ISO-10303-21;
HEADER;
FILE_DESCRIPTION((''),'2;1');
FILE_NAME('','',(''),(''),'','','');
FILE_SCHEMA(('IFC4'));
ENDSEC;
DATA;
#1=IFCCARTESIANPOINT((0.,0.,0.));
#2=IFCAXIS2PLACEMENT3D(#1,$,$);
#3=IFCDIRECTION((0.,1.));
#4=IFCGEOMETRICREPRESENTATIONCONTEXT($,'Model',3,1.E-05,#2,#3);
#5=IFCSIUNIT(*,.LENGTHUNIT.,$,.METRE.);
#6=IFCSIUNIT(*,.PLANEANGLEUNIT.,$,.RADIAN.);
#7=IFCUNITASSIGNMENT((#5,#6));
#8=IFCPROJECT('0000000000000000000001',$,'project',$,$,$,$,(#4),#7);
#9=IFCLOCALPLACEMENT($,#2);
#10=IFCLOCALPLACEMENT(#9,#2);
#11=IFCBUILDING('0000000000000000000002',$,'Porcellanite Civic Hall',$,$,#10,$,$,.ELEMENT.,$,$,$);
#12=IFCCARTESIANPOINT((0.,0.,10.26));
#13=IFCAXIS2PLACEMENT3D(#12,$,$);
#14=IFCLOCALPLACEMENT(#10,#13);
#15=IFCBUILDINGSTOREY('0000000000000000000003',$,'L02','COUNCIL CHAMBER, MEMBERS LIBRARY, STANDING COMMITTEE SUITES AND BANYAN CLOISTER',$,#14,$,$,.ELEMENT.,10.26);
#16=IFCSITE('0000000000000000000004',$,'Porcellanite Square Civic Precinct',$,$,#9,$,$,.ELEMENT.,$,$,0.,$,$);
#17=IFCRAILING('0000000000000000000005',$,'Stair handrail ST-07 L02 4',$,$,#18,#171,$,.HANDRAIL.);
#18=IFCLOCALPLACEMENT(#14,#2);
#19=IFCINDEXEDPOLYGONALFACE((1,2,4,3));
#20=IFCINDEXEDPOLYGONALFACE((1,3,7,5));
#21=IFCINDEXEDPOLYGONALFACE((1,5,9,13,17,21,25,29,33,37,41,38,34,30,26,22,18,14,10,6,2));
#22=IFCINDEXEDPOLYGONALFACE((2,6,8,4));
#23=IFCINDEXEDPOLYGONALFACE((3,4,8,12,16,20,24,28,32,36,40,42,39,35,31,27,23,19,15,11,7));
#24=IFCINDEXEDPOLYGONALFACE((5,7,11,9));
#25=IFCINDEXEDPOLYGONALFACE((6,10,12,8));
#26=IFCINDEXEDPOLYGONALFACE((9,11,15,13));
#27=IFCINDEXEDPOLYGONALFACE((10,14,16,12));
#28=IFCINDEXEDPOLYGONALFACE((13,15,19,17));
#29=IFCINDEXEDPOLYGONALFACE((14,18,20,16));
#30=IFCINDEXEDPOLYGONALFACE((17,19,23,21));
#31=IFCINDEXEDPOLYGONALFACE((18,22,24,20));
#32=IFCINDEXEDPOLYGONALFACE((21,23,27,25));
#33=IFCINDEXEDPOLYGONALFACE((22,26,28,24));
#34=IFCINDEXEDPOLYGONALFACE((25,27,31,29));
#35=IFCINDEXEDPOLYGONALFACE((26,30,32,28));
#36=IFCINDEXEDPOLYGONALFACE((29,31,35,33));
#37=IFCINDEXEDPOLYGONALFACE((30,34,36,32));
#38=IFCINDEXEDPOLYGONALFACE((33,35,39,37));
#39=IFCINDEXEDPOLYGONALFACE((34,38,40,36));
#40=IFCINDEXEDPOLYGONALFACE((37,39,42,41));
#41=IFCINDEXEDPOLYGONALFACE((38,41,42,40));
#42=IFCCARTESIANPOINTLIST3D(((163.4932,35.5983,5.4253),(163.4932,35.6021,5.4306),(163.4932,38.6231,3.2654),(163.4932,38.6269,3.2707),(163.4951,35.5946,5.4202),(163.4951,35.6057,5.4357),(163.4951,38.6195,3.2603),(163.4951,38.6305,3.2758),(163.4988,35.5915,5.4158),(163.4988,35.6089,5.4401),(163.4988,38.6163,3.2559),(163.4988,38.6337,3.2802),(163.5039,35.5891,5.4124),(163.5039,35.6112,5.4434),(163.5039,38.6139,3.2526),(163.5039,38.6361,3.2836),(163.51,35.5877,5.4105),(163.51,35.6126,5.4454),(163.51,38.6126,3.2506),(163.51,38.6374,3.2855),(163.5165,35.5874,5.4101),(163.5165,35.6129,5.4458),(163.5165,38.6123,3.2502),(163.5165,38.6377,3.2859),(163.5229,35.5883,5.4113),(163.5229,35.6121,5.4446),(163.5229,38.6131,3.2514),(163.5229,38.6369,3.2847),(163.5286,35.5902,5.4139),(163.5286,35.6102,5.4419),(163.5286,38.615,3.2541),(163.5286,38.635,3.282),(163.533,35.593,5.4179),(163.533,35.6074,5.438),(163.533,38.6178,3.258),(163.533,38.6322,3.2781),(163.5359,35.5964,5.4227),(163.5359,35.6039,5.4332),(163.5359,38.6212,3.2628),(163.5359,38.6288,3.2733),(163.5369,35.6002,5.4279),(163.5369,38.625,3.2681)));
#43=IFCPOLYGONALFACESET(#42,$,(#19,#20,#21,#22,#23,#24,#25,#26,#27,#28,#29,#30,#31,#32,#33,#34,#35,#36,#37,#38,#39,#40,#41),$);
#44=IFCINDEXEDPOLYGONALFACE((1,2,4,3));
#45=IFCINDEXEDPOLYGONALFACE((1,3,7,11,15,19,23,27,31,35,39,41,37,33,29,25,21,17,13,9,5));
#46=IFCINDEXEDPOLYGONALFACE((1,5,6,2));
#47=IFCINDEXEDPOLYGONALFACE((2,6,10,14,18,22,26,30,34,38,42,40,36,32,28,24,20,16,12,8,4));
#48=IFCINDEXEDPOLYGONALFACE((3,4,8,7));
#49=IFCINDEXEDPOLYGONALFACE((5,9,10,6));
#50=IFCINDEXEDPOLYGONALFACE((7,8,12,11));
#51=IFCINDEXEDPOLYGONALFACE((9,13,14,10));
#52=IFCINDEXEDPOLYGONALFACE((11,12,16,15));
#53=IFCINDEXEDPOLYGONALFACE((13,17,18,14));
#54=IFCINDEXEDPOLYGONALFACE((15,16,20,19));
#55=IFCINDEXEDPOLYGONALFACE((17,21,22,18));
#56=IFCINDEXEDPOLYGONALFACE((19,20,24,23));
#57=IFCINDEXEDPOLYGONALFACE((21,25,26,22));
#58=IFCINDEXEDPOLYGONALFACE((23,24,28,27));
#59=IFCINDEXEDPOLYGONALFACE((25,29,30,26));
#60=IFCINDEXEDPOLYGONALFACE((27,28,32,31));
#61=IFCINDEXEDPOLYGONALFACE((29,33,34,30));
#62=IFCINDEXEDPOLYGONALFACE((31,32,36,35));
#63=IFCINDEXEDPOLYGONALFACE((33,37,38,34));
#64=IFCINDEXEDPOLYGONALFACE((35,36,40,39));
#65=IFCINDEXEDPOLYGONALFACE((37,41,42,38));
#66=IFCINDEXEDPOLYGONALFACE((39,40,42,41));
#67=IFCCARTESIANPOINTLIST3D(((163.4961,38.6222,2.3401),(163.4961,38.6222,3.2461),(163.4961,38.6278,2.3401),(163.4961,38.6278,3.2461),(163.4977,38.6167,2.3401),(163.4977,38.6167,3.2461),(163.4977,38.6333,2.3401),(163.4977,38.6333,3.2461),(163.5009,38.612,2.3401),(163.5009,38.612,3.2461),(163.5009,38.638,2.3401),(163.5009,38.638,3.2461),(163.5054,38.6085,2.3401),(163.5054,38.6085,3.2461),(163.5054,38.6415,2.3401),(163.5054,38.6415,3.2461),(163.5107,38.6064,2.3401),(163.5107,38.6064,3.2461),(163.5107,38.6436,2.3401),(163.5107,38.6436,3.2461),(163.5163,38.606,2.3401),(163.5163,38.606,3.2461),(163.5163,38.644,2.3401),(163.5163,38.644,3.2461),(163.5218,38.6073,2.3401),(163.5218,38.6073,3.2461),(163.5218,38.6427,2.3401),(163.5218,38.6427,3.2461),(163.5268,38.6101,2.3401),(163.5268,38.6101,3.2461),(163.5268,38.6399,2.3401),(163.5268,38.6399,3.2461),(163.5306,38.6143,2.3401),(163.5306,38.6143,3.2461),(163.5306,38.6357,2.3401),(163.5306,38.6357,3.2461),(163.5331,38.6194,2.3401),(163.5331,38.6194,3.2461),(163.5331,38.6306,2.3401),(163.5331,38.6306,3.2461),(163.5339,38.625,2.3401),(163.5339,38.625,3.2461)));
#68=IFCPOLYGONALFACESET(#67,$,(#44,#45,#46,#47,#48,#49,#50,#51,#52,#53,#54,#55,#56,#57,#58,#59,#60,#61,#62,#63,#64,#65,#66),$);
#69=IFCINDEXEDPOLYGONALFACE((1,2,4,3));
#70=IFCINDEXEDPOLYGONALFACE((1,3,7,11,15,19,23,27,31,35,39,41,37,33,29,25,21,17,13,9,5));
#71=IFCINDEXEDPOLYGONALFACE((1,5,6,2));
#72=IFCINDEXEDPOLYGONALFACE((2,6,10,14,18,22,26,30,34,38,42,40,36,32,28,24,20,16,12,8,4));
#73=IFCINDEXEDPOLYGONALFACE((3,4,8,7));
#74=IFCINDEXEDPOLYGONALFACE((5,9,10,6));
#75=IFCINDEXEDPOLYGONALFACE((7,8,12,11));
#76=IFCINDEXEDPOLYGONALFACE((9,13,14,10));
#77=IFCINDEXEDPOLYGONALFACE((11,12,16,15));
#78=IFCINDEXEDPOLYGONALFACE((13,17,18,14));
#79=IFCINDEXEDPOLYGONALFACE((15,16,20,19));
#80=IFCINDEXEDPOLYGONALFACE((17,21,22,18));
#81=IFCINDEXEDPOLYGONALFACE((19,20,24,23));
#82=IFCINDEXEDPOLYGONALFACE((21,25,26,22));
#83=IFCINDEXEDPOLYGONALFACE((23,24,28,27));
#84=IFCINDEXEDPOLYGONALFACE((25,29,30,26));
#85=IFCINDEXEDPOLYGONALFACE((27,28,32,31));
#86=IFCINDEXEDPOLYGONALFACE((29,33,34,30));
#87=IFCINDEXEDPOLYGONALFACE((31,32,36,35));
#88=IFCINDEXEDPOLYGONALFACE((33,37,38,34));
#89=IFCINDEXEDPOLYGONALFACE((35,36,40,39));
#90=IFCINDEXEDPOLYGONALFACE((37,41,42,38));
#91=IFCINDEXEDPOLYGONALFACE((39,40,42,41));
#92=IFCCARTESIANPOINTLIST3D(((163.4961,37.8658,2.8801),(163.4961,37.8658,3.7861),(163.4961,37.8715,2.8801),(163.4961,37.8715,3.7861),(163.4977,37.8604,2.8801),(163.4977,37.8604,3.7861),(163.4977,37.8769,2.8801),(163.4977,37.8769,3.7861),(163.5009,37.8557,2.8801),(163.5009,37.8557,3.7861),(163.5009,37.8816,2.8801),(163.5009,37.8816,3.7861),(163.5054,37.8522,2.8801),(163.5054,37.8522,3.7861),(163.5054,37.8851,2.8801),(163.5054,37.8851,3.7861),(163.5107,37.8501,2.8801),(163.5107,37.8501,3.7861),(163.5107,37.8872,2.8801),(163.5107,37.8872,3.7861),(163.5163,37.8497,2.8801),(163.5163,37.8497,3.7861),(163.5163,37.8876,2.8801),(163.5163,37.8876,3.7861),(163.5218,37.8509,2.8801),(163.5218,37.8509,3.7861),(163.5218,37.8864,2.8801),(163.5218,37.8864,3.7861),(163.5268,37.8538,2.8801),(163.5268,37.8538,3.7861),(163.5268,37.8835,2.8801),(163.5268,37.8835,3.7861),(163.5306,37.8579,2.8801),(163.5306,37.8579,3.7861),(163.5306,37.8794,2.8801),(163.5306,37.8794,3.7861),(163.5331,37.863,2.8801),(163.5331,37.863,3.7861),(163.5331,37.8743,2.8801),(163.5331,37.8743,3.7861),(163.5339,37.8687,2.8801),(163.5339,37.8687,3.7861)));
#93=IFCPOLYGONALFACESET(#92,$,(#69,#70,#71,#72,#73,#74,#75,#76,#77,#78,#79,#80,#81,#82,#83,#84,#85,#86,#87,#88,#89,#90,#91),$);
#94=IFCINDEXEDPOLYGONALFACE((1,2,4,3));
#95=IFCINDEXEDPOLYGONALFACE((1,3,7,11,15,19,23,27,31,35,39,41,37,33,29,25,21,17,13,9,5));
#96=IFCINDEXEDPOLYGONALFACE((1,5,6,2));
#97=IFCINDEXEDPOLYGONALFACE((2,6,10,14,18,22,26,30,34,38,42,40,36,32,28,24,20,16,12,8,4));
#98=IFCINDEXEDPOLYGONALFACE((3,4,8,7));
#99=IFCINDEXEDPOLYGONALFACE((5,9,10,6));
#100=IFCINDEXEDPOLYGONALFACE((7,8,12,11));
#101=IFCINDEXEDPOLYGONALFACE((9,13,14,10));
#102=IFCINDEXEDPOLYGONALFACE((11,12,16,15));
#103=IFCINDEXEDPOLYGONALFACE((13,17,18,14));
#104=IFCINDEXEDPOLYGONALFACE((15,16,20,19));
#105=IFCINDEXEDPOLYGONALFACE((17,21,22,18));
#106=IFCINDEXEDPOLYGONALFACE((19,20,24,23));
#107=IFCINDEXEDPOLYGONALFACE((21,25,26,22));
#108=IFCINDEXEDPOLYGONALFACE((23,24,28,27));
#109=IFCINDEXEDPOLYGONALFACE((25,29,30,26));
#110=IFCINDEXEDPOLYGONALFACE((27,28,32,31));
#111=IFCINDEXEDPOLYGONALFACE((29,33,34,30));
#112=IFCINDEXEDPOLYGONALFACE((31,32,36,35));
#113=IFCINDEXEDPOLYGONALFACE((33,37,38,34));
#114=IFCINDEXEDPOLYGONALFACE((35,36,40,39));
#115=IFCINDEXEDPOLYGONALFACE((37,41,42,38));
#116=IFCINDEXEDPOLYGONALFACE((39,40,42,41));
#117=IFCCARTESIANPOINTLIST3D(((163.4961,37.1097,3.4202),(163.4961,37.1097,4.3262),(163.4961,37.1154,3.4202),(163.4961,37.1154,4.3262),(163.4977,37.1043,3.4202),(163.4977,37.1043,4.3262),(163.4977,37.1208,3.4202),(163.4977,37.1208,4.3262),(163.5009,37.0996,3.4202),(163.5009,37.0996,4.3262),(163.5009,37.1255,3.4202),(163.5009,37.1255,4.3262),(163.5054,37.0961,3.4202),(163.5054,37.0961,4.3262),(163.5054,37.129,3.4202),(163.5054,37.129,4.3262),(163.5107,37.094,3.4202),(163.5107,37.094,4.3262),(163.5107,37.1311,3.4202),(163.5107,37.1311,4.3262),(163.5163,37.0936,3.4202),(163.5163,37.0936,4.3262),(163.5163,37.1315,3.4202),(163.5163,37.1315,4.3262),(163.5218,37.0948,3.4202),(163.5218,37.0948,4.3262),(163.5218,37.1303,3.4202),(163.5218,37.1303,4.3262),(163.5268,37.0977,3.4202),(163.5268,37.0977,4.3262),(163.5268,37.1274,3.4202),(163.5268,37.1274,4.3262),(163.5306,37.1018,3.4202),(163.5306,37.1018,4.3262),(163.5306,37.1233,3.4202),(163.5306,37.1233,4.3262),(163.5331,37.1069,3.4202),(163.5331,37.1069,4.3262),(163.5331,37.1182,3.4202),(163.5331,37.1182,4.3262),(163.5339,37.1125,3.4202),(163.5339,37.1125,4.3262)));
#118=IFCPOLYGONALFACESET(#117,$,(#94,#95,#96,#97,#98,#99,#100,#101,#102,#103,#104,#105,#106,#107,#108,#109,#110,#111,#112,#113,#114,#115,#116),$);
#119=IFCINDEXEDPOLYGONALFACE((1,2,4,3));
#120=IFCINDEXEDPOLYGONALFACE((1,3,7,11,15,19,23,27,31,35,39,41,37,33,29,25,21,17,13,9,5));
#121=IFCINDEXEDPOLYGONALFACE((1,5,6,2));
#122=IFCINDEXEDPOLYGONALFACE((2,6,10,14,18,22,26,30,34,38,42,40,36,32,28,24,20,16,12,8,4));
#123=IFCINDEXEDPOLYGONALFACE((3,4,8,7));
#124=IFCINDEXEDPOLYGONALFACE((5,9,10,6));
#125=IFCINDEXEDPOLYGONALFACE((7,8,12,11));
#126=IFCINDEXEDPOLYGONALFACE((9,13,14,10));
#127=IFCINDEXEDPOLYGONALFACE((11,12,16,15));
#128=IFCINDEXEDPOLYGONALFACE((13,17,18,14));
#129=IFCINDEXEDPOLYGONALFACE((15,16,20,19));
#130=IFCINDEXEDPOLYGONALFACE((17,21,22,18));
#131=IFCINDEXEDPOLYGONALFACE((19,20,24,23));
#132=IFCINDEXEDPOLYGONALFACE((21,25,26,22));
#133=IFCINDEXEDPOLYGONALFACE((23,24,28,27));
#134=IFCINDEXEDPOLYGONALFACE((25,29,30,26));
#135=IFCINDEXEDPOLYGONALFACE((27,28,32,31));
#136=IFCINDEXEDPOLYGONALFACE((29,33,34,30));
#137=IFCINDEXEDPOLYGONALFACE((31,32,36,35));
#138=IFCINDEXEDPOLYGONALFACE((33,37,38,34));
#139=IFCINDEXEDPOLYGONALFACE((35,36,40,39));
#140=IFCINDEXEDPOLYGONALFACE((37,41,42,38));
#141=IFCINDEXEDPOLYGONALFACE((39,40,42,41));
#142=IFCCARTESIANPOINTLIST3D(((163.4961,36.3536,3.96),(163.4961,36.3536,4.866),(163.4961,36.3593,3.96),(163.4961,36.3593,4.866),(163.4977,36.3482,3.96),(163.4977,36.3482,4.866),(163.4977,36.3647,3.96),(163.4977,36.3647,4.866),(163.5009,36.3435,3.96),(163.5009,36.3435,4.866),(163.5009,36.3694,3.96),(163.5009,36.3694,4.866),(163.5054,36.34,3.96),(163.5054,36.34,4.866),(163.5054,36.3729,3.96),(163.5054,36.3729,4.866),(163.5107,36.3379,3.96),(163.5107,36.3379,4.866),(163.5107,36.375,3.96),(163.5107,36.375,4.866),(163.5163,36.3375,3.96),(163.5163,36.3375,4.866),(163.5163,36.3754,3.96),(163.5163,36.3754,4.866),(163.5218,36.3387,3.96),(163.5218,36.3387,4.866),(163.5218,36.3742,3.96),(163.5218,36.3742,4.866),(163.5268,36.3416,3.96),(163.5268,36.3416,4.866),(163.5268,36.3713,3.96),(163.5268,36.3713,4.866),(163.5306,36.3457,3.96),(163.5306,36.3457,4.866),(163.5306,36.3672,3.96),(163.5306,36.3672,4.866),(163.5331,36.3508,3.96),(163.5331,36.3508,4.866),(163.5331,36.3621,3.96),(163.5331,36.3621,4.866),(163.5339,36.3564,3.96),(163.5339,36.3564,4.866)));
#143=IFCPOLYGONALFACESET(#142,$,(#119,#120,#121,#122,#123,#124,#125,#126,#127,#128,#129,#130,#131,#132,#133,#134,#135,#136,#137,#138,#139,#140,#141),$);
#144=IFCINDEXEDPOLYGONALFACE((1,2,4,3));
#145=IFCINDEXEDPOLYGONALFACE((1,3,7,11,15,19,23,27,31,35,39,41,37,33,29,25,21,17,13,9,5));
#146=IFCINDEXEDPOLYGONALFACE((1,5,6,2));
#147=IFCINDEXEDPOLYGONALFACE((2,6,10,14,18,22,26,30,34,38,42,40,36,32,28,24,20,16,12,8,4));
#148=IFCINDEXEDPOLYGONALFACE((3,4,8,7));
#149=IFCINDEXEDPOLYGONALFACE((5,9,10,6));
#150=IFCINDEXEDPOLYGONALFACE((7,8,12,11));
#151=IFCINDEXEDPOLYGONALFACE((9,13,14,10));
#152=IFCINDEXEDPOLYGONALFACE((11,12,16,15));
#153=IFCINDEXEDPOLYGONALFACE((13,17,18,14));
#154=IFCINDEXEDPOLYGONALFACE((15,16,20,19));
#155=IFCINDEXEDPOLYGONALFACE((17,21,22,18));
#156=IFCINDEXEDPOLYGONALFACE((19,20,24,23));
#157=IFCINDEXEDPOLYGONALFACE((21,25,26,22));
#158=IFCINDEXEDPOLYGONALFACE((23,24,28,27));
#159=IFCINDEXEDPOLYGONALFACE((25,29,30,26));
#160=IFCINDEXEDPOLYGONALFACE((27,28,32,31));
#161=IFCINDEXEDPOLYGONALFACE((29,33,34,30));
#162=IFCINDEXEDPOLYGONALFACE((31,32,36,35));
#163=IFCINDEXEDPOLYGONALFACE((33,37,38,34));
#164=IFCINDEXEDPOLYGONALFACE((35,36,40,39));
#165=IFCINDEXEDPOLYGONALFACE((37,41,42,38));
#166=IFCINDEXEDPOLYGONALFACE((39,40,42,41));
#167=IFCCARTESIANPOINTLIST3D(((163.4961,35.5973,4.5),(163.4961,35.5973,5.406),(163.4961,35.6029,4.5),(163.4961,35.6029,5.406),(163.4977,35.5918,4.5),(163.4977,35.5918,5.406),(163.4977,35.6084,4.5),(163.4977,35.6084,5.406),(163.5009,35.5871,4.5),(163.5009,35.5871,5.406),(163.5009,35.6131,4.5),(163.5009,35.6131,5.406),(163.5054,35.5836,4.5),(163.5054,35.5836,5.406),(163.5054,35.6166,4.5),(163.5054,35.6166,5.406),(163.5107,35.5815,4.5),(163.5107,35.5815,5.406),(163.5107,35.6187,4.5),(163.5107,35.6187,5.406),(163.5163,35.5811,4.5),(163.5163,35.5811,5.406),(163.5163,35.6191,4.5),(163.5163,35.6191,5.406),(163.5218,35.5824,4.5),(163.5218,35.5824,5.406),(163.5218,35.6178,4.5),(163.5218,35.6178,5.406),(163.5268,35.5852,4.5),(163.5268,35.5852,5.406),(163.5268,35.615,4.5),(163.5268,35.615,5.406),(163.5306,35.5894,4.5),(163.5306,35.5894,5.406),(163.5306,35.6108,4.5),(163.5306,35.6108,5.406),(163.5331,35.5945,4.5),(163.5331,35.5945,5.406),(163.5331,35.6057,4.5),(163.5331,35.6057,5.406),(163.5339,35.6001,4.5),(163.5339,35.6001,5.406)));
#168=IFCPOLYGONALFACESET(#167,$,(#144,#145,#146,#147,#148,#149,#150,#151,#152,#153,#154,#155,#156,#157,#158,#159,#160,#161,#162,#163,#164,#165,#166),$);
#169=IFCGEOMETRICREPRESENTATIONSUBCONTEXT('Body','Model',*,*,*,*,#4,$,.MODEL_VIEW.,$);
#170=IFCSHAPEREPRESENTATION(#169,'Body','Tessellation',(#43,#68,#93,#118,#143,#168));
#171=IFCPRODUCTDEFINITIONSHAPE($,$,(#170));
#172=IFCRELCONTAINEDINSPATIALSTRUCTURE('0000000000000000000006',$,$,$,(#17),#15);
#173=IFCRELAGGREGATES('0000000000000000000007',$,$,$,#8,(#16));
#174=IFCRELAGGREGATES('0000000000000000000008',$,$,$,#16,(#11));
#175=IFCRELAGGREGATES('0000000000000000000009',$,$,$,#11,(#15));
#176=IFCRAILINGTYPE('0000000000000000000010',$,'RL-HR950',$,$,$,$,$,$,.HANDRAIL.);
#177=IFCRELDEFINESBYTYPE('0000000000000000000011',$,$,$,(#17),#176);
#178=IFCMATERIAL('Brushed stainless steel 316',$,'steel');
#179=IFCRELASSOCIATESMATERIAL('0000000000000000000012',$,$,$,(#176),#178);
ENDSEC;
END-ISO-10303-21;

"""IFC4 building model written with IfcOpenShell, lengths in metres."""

from ifc_helpers import new_model, si_unit, direction, frame, origin, origin_2d, place, context, subcontext, project, spatial, circle, extrude, material, type_object, element, save


model = new_model("IFC4")

# Units and contexts
model_context = context("Model", 3, precision=1e-05, world=origin(), true_north=direction((0.0, 1.0)))
body_context = subcontext(model_context, "Body", "Model", "MODEL_VIEW")
ifc_project = project(units=[si_unit("LENGTHUNIT", "METRE"), si_unit("PLANEANGLEUNIT", "RADIAN")], contexts=[model_context])

# Site, building, storey
site_placement = place(None, origin())
site = spatial("IfcSite", under=ifc_project, at=site_placement, Name="Porcellanite Square Civic Precinct", CompositionType="ELEMENT", RefElevation=0.0)
building_placement = place(site_placement, origin())
building = spatial("IfcBuilding", under=site, at=building_placement, Name="Porcellanite Civic Hall", CompositionType="ELEMENT")
storey_placement = place(building_placement, frame((0.0, 0.0, 10.26)))
storey = spatial("IfcBuildingStorey", under=building, at=storey_placement, Name="L02", Description="COUNCIL CHAMBER, MEMBERS LIBRARY, STANDING COMMITTEE SUITES AND BANYAN CLOISTER", CompositionType="ELEMENT", Elevation=10.26)

# Railing
ifc_material_1 = material(Name="Brushed stainless steel 316", Category="steel")
railing_type_1 = type_object("IfcRailingType", Name="RL-HR950", PredefinedType="HANDRAIL", material=ifc_material_1)
railing_1_placement = place(storey_placement, frame((163.5149, 38.625, 2.3401)))
element("IfcRailing", 1, at=railing_1_placement, inside=storey, type_object=railing_type_1, Name="Stair handrail ST-07 L02 4", PredefinedType="HANDRAIL", context=body_context, shape_type="SweptSolid", body=[
    extrude(circle(Radius=0.022, at=origin_2d()), frame((0.0, 0.0, 0.928), z_axis=(0.0, -0.813827, 0.581108), x_axis=(1.0, 0.0, 0.0)), (0.0, 0.0, 1.0), 3.7168),
    extrude(circle(Radius=0.019, at=origin_2d()), origin(), (0.0, 0.0, 1.0), 0.906),
    extrude(circle(Radius=0.019, at=origin_2d()), frame((0.0, -0.7563, 0.54)), (0.0, 0.0, 1.0), 0.906),
    extrude(circle(Radius=0.019, at=origin_2d()), frame((0.0, -1.5125, 1.0801)), (0.0, 0.0, 1.0), 0.906),
    extrude(circle(Radius=0.019, at=origin_2d()), frame((0.0, -2.2686, 1.6199)), (0.0, 0.0, 1.0), 0.906),
    extrude(circle(Radius=0.019, at=origin_2d()), frame((0.0, -3.0249, 2.1599)), (0.0, 0.0, 1.0), 0.906),
])

save(model, "model.ifc")
